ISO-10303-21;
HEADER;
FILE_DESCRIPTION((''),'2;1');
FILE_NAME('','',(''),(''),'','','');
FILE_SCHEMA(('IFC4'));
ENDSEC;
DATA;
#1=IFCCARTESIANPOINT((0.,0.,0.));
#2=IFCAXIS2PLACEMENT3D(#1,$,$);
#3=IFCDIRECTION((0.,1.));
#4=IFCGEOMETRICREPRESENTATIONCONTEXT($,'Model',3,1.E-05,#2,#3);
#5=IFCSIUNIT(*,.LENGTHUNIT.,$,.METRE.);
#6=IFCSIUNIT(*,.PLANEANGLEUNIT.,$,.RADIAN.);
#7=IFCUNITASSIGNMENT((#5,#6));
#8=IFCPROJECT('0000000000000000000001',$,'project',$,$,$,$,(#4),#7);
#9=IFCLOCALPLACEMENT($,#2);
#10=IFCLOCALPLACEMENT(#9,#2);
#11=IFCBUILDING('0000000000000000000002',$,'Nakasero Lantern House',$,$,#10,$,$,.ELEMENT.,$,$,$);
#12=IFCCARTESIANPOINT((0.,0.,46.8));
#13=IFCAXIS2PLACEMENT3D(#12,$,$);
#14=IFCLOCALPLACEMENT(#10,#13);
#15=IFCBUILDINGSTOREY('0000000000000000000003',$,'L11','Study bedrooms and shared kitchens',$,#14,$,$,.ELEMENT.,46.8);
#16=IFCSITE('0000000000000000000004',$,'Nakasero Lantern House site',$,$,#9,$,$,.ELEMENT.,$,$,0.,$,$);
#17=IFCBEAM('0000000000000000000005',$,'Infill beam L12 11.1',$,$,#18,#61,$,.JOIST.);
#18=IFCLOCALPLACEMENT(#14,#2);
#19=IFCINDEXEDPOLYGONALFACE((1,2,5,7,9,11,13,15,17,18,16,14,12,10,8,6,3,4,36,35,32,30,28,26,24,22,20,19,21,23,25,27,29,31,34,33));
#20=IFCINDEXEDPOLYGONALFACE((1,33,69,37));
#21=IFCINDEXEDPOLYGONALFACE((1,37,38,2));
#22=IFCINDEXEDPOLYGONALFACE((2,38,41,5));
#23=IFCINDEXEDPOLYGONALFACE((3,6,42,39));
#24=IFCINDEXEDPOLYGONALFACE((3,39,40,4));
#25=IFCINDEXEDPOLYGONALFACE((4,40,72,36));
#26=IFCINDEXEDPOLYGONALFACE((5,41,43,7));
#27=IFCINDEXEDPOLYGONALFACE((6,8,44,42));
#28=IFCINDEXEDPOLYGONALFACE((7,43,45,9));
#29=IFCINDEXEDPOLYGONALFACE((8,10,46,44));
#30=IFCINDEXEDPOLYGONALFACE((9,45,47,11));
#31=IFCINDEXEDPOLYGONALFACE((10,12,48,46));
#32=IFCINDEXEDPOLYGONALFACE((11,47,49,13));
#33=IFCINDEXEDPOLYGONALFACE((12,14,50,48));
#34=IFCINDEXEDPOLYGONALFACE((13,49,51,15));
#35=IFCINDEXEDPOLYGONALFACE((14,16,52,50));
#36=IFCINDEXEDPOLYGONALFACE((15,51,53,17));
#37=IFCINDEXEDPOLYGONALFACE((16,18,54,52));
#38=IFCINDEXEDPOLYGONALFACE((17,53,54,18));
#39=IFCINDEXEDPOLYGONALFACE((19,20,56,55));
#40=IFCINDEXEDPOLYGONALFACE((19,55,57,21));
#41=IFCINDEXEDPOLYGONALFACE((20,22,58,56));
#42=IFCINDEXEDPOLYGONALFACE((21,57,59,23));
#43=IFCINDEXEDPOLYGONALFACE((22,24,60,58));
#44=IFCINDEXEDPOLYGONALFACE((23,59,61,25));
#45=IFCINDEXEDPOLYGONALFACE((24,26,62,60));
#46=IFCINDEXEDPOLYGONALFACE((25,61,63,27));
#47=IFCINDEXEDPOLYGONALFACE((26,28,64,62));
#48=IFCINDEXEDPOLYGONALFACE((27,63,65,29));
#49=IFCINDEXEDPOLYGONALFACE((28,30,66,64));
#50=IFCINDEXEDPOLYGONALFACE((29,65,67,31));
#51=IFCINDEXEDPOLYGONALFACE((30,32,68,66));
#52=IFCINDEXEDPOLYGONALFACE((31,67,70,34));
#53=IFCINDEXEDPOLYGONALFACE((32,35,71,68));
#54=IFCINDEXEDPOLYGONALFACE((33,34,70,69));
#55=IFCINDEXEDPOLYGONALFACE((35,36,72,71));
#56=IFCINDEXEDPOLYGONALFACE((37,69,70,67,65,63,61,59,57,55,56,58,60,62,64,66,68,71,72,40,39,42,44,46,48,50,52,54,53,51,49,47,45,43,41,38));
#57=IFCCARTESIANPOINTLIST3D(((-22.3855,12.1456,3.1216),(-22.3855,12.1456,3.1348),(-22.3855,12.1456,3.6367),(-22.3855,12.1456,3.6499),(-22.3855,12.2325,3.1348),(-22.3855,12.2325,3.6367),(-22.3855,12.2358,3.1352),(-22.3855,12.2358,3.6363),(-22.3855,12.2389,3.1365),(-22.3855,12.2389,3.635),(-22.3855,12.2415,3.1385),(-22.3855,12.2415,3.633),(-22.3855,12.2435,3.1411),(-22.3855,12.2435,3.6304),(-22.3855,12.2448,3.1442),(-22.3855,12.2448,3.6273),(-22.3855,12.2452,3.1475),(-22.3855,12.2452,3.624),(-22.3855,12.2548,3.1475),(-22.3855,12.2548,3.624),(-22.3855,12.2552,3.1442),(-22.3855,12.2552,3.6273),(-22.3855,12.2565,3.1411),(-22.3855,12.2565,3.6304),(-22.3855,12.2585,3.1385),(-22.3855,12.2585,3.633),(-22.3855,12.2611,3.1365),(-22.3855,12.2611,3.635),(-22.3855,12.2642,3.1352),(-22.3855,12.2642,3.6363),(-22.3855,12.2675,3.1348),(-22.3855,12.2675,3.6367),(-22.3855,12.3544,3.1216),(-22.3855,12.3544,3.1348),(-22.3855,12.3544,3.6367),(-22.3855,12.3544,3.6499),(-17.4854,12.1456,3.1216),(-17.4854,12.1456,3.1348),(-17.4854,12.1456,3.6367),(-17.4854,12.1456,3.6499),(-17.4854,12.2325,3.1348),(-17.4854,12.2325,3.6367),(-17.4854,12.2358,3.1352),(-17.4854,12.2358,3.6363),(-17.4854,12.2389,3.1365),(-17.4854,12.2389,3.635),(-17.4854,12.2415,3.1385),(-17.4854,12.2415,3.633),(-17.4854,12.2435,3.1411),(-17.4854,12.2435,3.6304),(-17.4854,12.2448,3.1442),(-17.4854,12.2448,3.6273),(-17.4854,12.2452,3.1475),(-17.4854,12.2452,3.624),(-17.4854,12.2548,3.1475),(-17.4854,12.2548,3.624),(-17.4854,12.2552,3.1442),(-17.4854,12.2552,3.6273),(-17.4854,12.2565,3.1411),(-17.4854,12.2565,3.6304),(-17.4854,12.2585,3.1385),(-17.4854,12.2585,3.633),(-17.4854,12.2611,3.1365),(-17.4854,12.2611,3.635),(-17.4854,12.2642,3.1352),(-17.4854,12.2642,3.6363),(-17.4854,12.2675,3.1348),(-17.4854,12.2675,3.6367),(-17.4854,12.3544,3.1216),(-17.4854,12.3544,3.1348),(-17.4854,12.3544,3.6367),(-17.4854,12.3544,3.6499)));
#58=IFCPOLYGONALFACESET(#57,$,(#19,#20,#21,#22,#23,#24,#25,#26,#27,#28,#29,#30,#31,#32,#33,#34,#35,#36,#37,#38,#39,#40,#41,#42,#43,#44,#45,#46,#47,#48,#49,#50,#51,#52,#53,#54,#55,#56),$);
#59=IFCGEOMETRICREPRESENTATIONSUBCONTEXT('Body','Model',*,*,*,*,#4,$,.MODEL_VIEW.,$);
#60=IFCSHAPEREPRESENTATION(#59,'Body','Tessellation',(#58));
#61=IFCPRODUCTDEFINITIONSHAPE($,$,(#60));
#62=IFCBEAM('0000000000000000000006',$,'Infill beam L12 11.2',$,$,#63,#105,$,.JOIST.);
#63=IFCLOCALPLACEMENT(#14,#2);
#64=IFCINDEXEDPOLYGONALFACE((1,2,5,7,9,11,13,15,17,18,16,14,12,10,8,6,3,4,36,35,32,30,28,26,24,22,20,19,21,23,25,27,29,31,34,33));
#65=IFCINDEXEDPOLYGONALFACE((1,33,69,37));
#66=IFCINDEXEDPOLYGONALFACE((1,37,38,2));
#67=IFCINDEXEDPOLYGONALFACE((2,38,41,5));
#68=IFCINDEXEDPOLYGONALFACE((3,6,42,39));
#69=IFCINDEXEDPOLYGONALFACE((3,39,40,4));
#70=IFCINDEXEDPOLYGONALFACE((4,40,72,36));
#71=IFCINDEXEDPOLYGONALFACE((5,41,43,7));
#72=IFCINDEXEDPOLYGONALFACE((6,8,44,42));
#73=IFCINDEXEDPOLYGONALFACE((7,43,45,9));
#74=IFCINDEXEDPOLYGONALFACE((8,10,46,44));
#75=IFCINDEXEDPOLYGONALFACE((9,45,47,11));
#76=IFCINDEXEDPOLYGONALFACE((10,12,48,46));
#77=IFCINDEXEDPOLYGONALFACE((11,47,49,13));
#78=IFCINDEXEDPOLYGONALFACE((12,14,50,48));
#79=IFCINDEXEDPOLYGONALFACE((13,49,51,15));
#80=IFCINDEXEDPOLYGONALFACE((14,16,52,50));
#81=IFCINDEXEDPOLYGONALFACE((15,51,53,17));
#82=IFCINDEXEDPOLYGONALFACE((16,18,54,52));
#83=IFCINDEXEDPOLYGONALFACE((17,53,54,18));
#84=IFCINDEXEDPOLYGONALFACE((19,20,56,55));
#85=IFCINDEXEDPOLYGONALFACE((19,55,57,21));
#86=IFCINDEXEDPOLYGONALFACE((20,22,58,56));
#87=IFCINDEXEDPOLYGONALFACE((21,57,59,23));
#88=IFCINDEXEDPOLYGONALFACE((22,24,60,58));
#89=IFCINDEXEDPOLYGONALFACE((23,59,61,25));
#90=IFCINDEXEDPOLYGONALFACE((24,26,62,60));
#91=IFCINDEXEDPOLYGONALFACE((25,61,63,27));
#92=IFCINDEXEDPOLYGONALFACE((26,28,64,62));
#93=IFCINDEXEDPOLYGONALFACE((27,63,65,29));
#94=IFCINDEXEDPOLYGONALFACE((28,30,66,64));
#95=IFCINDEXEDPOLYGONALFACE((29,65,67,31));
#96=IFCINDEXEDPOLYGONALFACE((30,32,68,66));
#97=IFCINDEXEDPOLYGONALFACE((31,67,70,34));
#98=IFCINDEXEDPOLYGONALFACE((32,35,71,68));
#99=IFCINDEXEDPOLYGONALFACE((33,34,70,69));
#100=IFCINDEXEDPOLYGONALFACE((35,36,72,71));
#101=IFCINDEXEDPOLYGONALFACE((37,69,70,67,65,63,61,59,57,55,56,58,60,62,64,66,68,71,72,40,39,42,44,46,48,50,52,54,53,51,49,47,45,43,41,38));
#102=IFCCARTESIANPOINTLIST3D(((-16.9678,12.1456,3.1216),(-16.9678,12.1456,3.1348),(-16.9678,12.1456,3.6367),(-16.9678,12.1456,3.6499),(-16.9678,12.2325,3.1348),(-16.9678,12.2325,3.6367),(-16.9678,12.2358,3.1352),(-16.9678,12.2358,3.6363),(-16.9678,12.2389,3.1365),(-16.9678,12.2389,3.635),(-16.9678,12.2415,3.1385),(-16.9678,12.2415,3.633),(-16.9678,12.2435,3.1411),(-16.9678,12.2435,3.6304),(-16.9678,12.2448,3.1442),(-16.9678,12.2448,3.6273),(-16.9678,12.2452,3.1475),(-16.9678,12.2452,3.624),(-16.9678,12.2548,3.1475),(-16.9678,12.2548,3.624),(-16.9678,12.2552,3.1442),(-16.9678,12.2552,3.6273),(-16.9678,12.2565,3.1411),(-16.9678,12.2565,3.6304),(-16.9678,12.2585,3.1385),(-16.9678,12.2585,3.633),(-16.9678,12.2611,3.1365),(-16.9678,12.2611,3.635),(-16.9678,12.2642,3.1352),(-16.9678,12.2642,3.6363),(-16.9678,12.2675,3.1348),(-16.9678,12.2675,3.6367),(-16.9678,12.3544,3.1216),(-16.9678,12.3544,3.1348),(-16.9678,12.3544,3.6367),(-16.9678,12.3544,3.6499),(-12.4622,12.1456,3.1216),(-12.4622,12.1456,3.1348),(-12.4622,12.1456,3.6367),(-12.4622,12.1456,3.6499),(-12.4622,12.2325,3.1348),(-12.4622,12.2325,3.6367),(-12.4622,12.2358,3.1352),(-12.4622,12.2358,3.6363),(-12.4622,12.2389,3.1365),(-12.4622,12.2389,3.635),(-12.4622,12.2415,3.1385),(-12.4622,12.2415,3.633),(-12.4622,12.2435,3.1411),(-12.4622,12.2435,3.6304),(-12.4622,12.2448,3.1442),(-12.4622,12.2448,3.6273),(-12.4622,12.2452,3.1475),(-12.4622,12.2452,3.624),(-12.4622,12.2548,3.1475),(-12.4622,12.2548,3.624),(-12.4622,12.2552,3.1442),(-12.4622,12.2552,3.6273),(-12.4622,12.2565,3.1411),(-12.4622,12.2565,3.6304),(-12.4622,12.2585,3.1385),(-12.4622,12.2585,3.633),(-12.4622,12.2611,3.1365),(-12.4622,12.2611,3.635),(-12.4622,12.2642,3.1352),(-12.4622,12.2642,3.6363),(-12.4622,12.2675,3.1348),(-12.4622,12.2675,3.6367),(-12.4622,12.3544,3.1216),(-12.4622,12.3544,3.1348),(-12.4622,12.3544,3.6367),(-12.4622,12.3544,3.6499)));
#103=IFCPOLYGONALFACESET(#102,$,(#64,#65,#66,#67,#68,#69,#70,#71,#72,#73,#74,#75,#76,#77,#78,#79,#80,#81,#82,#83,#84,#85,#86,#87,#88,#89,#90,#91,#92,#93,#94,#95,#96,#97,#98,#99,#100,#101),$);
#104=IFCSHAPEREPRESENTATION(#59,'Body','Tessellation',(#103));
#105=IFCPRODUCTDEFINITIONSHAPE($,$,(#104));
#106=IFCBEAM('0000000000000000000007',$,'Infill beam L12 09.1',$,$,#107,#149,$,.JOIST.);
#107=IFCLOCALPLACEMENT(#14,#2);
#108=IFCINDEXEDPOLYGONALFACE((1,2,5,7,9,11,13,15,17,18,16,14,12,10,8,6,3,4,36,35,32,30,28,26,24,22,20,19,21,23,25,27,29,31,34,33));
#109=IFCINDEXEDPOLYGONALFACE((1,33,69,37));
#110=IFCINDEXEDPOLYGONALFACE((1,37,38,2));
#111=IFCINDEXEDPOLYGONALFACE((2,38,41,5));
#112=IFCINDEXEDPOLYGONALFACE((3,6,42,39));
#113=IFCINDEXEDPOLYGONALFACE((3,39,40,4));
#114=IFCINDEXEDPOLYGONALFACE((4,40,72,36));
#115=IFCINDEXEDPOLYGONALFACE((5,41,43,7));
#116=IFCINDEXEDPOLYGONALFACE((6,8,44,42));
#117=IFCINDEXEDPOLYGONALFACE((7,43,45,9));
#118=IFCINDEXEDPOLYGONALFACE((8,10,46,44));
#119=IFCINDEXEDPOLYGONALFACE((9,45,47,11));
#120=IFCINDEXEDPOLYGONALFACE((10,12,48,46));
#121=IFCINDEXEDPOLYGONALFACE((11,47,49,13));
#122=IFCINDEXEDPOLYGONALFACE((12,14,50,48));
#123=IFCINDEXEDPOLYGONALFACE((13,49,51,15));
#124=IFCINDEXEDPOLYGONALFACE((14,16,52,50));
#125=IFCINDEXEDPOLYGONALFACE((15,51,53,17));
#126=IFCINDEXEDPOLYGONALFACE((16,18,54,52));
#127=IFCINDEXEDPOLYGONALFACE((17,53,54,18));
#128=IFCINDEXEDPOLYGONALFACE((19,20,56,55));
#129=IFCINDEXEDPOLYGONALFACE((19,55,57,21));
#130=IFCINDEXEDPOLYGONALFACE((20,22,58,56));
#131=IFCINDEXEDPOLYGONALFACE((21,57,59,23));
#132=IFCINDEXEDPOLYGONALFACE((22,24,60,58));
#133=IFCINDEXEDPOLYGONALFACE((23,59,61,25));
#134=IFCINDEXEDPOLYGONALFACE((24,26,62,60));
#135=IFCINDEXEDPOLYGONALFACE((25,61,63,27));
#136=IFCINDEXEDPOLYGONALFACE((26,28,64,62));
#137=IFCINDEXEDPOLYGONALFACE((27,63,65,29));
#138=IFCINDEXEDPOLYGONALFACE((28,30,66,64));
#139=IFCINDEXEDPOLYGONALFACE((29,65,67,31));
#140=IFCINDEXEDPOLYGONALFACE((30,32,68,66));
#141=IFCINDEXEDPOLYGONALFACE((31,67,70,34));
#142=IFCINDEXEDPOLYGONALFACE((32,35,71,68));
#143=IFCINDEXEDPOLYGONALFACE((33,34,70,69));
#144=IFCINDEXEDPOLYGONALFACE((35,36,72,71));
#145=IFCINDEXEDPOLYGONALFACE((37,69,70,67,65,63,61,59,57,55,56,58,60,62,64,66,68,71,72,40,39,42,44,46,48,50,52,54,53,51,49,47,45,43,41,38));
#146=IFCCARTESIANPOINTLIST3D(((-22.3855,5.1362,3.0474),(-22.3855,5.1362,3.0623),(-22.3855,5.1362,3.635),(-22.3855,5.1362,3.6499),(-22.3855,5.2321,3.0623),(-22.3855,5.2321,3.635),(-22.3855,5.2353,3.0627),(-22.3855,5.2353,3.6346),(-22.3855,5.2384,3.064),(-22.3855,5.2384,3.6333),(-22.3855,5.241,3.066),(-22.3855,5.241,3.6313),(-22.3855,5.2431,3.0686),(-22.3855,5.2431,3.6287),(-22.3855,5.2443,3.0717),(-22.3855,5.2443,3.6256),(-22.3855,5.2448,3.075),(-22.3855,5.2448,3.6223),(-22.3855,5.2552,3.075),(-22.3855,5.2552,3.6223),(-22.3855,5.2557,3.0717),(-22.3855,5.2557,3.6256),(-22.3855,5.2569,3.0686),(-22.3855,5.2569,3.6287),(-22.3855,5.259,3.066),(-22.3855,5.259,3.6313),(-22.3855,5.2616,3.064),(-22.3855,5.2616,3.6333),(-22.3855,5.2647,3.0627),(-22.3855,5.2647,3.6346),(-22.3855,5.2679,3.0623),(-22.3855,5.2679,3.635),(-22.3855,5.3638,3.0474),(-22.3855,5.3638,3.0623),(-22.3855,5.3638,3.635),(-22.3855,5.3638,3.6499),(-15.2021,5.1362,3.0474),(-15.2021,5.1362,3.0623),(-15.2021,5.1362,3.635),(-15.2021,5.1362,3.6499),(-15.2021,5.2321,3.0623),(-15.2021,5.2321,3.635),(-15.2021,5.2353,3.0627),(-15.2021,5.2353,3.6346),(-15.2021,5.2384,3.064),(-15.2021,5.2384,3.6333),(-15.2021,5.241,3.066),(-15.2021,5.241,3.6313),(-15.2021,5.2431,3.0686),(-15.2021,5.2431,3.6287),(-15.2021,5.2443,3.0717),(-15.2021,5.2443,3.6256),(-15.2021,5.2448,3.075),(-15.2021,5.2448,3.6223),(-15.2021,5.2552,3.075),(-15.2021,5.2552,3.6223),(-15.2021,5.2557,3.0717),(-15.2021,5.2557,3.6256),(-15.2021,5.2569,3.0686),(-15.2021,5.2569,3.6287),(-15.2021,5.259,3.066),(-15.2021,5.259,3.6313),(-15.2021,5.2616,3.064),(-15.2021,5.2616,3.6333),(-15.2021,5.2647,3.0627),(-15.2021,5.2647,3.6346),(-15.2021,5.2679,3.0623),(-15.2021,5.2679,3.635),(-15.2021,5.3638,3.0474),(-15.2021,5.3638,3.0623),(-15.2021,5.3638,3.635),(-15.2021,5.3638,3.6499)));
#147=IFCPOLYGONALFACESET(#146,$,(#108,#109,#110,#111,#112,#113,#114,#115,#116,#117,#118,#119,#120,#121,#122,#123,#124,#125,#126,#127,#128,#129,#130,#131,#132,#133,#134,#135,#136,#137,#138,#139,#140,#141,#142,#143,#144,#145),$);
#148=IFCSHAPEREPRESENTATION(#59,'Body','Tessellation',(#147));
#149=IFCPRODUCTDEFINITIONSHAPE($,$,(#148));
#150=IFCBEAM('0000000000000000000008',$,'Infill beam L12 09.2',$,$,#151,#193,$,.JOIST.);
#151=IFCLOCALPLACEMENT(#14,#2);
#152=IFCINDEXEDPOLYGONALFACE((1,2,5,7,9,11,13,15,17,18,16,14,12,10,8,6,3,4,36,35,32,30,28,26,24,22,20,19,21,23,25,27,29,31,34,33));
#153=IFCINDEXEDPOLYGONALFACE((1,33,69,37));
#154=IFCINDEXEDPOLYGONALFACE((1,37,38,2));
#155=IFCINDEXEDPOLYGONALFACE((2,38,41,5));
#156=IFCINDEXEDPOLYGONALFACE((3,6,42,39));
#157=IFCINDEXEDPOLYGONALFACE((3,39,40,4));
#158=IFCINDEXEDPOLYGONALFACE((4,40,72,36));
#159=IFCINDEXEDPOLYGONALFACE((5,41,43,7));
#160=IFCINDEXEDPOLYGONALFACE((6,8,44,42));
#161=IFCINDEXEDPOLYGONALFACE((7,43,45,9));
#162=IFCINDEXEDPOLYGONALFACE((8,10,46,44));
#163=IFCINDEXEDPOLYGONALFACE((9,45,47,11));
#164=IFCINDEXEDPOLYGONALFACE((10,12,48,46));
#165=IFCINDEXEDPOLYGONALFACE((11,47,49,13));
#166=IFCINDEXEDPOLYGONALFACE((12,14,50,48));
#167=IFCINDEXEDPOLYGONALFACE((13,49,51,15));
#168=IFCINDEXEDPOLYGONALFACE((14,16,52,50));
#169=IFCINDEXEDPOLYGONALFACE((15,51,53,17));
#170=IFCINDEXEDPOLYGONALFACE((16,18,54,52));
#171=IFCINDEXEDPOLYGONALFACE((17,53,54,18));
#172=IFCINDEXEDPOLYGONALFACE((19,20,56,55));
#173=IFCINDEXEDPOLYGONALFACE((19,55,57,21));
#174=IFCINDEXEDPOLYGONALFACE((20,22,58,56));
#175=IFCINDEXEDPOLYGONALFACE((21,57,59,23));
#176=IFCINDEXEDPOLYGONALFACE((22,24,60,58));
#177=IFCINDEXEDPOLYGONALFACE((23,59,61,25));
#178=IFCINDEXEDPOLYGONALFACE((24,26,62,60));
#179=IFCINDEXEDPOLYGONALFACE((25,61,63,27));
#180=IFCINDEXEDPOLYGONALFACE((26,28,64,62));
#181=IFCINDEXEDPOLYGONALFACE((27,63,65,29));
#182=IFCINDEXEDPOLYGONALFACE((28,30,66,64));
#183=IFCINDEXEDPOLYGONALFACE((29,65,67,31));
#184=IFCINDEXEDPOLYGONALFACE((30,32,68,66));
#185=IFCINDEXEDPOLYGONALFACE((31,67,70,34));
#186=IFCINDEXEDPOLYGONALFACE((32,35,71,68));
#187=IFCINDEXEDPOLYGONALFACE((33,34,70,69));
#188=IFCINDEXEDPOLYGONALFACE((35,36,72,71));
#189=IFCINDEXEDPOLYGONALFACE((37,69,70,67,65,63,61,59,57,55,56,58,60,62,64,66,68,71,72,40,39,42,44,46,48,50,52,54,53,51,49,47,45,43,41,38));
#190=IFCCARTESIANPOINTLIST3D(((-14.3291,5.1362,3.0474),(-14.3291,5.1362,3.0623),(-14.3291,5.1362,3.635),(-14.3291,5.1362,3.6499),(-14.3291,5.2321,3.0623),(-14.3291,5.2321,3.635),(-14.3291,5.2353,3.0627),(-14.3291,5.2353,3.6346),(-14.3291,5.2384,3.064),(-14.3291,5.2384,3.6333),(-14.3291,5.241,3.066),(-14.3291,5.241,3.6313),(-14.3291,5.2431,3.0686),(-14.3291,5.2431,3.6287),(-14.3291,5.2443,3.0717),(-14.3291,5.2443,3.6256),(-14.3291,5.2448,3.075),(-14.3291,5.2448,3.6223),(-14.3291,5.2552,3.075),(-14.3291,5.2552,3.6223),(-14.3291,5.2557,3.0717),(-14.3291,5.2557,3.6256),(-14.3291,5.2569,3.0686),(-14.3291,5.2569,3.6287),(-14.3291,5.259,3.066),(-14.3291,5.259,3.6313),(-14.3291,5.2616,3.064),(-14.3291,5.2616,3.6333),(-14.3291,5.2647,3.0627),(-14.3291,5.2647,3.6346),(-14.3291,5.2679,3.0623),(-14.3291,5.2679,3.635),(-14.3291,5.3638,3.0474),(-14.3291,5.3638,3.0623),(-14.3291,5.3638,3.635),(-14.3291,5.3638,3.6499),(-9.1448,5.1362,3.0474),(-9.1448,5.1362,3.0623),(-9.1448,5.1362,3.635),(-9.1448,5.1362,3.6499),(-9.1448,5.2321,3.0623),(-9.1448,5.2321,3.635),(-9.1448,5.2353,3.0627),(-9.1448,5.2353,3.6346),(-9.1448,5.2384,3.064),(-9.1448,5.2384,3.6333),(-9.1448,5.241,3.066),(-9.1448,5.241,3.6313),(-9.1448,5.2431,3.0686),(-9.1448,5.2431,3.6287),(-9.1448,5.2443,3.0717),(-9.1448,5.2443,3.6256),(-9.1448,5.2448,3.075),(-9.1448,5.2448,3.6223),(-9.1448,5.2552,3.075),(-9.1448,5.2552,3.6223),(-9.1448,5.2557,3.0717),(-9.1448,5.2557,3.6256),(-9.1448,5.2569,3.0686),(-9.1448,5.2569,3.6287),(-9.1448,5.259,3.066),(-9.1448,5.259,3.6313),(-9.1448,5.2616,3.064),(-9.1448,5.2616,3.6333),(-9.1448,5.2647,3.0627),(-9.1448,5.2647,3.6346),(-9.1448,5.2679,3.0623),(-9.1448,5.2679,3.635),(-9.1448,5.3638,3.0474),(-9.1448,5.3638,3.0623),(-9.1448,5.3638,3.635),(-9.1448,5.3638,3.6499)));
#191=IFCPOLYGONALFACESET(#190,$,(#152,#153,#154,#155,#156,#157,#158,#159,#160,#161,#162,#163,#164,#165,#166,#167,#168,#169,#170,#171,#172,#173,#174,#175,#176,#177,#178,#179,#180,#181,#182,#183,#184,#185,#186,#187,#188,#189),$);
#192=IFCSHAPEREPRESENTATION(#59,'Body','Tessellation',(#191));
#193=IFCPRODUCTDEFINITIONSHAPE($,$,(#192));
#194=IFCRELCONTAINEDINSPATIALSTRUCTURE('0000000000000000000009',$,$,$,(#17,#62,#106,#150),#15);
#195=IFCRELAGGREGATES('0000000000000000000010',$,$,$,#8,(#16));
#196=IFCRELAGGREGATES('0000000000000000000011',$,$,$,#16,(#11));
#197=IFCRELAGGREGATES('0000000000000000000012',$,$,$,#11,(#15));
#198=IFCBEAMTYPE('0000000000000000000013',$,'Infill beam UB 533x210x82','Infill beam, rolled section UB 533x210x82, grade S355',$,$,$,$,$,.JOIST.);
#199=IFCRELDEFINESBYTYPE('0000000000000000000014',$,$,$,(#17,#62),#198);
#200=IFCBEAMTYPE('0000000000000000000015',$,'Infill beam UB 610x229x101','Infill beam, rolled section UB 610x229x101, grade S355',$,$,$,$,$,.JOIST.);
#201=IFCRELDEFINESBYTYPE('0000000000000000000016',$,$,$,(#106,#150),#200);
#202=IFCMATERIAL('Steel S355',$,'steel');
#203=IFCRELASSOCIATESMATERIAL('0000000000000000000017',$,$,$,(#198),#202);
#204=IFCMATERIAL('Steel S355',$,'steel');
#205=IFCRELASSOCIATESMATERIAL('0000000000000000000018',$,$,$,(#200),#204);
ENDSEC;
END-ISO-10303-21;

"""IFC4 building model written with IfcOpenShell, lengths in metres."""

from ifc_helpers import new_model, si_unit, direction, frame, origin, origin_2d, place, context, subcontext, project, spatial, i_section, extrude, material, material_profile, profile_set, type_object, element, save


model = new_model("IFC4")

# Units and contexts
model_context = context("Model", 3, precision=1e-05, world=origin(), true_north=direction((0.0, 1.0)))
body_context = subcontext(model_context, "Body", "Model", "MODEL_VIEW")
ifc_project = project(units=[si_unit("LENGTHUNIT", "METRE"), si_unit("PLANEANGLEUNIT", "RADIAN")], contexts=[model_context])

# Site, building, storey
site_placement = place(None, origin())
site = spatial("IfcSite", under=ifc_project, at=site_placement, Name="Nakasero Lantern House site", CompositionType="ELEMENT", RefElevation=0.0)
building_placement = place(site_placement, origin())
building = spatial("IfcBuilding", under=site, at=building_placement, Name="Nakasero Lantern House", CompositionType="ELEMENT")
storey_placement = place(building_placement, frame((0.0, 0.0, 46.8)))
storey = spatial("IfcBuildingStorey", under=building, at=storey_placement, Name="L11", Description="Study bedrooms and shared kitchens", CompositionType="ELEMENT", Elevation=46.8)

# Beams
ifc_material_1 = material(Name="Steel S355", Category="steel")
ifc_material_profile_1 = material_profile(ifc_material_1, i_section(OverallWidth=0.2087, OverallDepth=0.5283, WebThickness=0.0095, FlangeThickness=0.0132, FilletRadius=0.0127, at=origin_2d()), Name="UB 533x210x82")
ifc_profile_set_1 = profile_set([ifc_material_profile_1], Name="Steel S355")
beam_type_1 = type_object("IfcBeamType", Name="Infill beam UB 533x210x82", Description="Infill beam, rolled section UB 533x210x82, grade S355", PredefinedType="JOIST", material=ifc_profile_set_1)
beam_1_placement = place(storey_placement, frame((-22.3855, 12.25, 3.3857), z_axis=(1.0, 0.0, 0.0), x_axis=(0.0, 1.0, 0.0)))
element("IfcBeam", 1, at=beam_1_placement, inside=storey, type_object=beam_type_1, Name="Infill beam L12 11.1", PredefinedType="JOIST", context=body_context, shape_type="SweptSolid", body=[
    extrude(i_section(OverallWidth=0.2087, OverallDepth=0.5283, WebThickness=0.0095, FlangeThickness=0.0132, FilletRadius=0.0127, at=origin_2d()), origin(), (0.0, 0.0, 1.0), 4.9001),
])
beam_2_placement = place(storey_placement, frame((-16.9678, 12.25, 3.3857), z_axis=(1.0, 0.0, 0.0), x_axis=(0.0, 1.0, 0.0)))
element("IfcBeam", 2, at=beam_2_placement, inside=storey, type_object=beam_type_1, Name="Infill beam L12 11.2", PredefinedType="JOIST", context=body_context, shape_type="SweptSolid", body=[
    extrude(i_section(OverallWidth=0.2087, OverallDepth=0.5283, WebThickness=0.0095, FlangeThickness=0.0132, FilletRadius=0.0127, at=origin_2d()), origin(), (0.0, 0.0, 1.0), 4.5056),
])
ifc_material_2 = material(Name="Steel S355", Category="steel")
ifc_material_profile_2 = material_profile(ifc_material_2, i_section(OverallWidth=0.2275, OverallDepth=0.6025, WebThickness=0.0105, FlangeThickness=0.0149, FilletRadius=0.0127, at=origin_2d()), Name="UB 610x229x101")
ifc_profile_set_2 = profile_set([ifc_material_profile_2], Name="Steel S355")
beam_type_2 = type_object("IfcBeamType", Name="Infill beam UB 610x229x101", Description="Infill beam, rolled section UB 610x229x101, grade S355", PredefinedType="JOIST", material=ifc_profile_set_2)
beam_3_placement = place(storey_placement, frame((-22.3855, 5.25, 3.3486), z_axis=(1.0, 0.0, 0.0), x_axis=(0.0, 1.0, 0.0)))
element("IfcBeam", 3, at=beam_3_placement, inside=storey, type_object=beam_type_2, Name="Infill beam L12 09.1", PredefinedType="JOIST", context=body_context, shape_type="SweptSolid", body=[
    extrude(i_section(OverallWidth=0.2275, OverallDepth=0.6025, WebThickness=0.0105, FlangeThickness=0.0149, FilletRadius=0.0127, at=origin_2d()), origin(), (0.0, 0.0, 1.0), 7.1833),
])
beam_4_placement = place(storey_placement, frame((-14.3291, 5.25, 3.3486), z_axis=(1.0, 0.0, 0.0), x_axis=(0.0, 1.0, 0.0)))
element("IfcBeam", 4, at=beam_4_placement, inside=storey, type_object=beam_type_2, Name="Infill beam L12 09.2", PredefinedType="JOIST", context=body_context, shape_type="SweptSolid", body=[
    extrude(i_section(OverallWidth=0.2275, OverallDepth=0.6025, WebThickness=0.0105, FlangeThickness=0.0149, FilletRadius=0.0127, at=origin_2d()), origin(), (0.0, 0.0, 1.0), 5.1843),
])

save(model, "model.ifc")
